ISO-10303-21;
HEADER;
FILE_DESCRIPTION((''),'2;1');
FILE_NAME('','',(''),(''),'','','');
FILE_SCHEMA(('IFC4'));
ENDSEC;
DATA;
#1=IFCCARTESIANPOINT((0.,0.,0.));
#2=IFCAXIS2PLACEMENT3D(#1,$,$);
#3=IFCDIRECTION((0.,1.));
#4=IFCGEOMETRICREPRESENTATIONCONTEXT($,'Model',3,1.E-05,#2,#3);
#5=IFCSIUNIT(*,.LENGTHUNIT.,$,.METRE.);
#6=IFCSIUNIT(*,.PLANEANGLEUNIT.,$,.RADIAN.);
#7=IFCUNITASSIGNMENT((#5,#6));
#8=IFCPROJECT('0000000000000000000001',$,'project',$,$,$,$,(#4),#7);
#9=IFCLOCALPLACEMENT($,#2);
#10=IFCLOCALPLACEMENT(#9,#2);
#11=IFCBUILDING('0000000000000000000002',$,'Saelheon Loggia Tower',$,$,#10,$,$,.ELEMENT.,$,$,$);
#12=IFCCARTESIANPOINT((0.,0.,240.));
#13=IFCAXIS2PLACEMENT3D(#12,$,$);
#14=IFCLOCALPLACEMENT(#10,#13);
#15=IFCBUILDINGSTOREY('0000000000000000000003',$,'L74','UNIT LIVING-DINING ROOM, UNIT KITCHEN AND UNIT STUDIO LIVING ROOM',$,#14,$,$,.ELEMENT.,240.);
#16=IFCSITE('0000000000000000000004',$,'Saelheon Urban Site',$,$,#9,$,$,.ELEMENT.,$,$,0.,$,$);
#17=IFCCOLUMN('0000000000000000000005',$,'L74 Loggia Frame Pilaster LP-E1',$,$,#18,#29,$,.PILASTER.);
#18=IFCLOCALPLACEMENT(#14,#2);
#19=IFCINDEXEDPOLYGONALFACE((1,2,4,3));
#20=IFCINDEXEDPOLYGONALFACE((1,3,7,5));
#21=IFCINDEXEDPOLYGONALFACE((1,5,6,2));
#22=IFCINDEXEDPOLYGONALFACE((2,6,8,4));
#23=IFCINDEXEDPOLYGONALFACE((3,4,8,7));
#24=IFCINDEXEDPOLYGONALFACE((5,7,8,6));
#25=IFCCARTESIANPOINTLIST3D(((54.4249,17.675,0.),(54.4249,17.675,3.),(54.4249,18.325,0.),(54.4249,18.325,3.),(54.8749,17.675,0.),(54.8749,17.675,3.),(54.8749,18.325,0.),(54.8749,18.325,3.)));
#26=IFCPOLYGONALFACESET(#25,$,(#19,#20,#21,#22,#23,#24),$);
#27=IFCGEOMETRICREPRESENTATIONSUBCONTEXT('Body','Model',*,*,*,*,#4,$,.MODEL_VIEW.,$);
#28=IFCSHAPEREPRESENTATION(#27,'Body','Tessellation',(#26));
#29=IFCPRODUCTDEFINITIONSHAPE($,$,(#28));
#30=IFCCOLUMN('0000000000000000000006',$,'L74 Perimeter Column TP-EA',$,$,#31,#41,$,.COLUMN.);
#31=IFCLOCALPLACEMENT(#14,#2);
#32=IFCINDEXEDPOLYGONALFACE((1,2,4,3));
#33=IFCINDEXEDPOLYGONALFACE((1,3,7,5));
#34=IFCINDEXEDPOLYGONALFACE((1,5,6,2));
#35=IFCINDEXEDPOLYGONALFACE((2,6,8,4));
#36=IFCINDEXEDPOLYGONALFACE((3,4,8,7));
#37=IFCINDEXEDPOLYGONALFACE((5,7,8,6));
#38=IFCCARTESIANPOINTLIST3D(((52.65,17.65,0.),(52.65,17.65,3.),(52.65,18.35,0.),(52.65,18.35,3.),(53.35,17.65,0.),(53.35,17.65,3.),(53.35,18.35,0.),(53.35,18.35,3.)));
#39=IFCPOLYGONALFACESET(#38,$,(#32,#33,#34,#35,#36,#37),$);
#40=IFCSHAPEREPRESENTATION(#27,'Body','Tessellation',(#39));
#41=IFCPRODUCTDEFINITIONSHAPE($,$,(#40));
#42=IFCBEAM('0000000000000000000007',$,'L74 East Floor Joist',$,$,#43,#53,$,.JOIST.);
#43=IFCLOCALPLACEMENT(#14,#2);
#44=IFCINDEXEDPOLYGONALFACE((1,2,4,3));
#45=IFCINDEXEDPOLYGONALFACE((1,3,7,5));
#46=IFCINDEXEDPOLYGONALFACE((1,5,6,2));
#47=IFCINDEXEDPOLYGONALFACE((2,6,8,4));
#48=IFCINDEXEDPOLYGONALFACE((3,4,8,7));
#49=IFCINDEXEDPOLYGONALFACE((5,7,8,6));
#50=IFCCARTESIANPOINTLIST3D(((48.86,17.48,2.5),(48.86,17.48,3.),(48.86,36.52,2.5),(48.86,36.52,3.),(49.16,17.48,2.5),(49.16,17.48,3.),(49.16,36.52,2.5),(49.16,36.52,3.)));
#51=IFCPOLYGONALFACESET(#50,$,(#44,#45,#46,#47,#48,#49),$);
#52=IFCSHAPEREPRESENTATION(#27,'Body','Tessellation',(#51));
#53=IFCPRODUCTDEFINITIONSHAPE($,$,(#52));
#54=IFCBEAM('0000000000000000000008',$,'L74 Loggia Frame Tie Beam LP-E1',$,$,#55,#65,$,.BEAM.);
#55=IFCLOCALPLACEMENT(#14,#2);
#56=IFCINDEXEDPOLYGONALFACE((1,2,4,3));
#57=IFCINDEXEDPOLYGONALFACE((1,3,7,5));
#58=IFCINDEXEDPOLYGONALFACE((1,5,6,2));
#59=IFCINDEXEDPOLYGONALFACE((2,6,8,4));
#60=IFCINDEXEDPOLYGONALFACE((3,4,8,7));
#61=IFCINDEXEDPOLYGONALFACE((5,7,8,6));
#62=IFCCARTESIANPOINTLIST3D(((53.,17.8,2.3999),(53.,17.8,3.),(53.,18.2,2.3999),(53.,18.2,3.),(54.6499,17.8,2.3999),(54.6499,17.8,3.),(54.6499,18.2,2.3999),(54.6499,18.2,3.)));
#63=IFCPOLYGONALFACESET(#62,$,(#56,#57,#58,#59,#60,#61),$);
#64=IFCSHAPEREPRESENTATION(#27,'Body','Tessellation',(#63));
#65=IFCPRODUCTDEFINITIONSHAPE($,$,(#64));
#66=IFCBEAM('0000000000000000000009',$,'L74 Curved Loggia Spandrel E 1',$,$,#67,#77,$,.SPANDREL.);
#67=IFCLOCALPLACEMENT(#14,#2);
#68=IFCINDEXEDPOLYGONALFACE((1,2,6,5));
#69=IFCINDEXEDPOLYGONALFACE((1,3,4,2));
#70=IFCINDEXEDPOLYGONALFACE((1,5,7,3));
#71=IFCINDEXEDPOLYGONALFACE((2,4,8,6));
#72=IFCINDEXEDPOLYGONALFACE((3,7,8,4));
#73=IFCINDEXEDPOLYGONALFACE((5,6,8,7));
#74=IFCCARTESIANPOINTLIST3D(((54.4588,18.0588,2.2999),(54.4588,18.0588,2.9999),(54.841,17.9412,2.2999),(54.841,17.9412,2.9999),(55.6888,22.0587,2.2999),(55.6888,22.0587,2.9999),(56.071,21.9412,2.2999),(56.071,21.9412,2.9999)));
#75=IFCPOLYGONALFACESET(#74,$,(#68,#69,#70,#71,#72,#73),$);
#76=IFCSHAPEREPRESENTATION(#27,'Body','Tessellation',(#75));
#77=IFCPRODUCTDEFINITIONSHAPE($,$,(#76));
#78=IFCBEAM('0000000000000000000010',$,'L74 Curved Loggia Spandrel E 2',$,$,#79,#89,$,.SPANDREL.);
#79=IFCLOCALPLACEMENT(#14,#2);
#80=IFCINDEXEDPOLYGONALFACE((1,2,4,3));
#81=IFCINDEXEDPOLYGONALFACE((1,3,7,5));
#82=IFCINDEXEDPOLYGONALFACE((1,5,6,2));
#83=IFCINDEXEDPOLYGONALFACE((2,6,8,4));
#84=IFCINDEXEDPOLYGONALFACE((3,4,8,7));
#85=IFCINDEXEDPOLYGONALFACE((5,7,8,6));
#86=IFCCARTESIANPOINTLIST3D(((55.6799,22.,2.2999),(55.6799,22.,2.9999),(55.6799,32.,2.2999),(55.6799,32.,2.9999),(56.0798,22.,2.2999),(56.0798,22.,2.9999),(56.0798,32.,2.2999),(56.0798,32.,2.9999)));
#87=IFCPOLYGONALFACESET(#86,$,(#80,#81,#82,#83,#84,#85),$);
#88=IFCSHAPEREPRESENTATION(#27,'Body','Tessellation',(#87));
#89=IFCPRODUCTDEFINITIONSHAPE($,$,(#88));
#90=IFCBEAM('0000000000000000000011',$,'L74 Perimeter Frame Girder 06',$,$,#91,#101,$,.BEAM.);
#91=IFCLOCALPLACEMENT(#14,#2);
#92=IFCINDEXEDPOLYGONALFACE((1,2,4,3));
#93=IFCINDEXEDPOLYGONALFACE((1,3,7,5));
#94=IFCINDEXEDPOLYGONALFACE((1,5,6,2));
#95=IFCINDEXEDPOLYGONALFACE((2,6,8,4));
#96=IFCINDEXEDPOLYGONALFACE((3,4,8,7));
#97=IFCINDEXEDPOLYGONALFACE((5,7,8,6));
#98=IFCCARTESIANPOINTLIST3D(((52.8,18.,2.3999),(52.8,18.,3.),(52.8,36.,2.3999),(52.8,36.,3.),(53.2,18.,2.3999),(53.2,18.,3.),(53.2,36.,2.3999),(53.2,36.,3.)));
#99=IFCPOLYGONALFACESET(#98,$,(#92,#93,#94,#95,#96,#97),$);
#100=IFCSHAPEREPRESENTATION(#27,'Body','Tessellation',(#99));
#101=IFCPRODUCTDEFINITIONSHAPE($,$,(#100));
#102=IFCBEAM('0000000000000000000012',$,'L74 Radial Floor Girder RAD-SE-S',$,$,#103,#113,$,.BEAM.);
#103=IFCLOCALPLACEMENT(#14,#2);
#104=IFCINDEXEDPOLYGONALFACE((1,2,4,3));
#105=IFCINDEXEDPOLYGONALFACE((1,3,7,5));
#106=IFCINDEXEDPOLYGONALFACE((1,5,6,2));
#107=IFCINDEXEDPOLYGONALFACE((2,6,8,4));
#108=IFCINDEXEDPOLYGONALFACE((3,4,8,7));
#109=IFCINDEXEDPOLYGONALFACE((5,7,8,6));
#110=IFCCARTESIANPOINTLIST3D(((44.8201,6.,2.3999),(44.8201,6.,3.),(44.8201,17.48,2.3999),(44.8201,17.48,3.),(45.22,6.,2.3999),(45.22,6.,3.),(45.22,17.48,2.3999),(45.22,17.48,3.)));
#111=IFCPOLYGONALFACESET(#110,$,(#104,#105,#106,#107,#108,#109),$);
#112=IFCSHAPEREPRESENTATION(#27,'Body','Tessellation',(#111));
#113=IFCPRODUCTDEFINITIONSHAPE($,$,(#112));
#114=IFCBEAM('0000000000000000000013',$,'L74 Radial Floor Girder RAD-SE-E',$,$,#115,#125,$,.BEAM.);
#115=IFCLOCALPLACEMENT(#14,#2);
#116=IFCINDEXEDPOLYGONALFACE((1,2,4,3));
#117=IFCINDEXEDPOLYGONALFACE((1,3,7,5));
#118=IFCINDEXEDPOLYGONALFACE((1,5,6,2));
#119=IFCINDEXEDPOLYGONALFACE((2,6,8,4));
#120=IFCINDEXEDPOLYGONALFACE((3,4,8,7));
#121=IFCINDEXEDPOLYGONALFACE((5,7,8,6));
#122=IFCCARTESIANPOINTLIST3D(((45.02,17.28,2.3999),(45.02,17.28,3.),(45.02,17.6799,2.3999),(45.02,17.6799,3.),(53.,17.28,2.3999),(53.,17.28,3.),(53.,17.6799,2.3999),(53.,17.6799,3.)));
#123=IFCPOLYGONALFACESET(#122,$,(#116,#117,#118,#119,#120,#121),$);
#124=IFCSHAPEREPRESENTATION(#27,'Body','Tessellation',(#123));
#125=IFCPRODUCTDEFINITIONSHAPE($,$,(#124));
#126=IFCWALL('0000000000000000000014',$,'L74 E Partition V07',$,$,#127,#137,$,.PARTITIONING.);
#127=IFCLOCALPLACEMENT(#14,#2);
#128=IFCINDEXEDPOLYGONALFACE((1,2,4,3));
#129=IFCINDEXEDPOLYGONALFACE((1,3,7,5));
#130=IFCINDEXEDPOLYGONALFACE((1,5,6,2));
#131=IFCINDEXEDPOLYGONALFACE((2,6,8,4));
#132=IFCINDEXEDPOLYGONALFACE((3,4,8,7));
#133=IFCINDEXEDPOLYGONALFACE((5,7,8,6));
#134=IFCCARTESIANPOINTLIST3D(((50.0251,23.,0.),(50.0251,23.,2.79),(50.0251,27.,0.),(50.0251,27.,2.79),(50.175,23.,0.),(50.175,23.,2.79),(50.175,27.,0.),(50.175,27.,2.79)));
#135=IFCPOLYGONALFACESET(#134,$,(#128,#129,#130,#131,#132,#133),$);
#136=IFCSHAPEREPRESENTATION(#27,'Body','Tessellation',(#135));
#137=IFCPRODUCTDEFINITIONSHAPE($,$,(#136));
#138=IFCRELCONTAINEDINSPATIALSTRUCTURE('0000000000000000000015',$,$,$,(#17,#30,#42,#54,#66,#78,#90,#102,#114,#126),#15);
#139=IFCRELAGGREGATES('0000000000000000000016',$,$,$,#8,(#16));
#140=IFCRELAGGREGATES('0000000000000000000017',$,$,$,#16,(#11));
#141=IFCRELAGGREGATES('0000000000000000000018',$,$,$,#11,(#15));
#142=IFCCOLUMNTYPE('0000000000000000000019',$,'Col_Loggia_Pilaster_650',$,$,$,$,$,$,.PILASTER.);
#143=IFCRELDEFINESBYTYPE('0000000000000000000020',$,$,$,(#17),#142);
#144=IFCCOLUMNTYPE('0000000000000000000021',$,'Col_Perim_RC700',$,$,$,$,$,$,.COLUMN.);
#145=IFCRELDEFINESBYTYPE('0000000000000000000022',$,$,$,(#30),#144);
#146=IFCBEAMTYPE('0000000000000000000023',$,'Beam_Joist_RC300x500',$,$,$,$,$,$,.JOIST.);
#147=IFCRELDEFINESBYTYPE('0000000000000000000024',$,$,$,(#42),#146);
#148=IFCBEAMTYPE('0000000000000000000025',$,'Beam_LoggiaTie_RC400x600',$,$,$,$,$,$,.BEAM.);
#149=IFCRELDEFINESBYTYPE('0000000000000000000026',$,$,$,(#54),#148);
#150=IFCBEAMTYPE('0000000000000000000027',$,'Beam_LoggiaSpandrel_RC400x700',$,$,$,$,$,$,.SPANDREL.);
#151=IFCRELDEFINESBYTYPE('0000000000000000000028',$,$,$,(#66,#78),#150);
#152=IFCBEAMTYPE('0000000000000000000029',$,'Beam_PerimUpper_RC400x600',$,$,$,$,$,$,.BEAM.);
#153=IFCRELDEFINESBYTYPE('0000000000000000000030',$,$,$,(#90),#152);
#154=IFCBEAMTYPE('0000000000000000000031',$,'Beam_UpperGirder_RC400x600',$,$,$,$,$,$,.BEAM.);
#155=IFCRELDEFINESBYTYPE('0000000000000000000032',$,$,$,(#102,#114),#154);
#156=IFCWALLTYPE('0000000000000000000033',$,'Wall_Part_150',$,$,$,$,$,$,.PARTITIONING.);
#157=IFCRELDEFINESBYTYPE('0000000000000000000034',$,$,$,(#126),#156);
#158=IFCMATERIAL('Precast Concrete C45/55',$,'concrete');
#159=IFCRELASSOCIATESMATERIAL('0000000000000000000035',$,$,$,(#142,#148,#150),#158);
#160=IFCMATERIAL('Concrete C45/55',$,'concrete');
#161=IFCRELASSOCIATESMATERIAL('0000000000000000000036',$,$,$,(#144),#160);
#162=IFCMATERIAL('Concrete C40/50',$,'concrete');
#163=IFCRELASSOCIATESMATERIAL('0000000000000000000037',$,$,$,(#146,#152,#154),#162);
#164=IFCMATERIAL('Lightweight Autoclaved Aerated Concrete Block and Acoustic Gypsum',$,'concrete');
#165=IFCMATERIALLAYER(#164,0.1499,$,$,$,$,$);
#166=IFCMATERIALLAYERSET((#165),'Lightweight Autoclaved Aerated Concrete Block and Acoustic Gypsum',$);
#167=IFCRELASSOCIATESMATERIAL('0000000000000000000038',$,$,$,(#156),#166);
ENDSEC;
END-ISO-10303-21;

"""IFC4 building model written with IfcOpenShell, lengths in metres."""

from ifc_helpers import new_model, si_unit, direction, frame, frame_2d, origin, origin_2d, place, context, subcontext, project, spatial, rectangle, extrude, source, transform, mapped, material, layer, layer_set, material_profile, profile_set, type_object, element, save


model = new_model("IFC4")

# Units and contexts
model_context = context("Model", 3, precision=1e-05, world=origin(), true_north=direction((0.0, 1.0)))
body_context = subcontext(model_context, "Body", "Model", "MODEL_VIEW")
ifc_project = project(units=[si_unit("LENGTHUNIT", "METRE"), si_unit("PLANEANGLEUNIT", "RADIAN")], contexts=[model_context])

# Site, building, storey
site_placement = place(None, origin())
site = spatial("IfcSite", under=ifc_project, at=site_placement, Name="Saelheon Urban Site", CompositionType="ELEMENT", RefElevation=0.0)
building_placement = place(site_placement, origin())
building = spatial("IfcBuilding", under=site, at=building_placement, Name="Saelheon Loggia Tower", CompositionType="ELEMENT")
storey_placement = place(building_placement, frame((0.0, 0.0, 240.0)))
storey = spatial("IfcBuildingStorey", under=building, at=storey_placement, Name="L74", Description="UNIT LIVING-DINING ROOM, UNIT KITCHEN AND UNIT STUDIO LIVING ROOM", CompositionType="ELEMENT", Elevation=240.0)

# Columns
ifc_material_1 = material(Name="Precast Concrete C45/55", Category="concrete")
ifc_material_profile_1 = material_profile(ifc_material_1, rectangle(XDim=0.45, YDim=0.6499, at=origin_2d()), Name="RC-450x650")
ifc_profile_set_1 = profile_set([ifc_material_profile_1], Name="Precast Concrete C45/55")
column_type_1 = type_object("IfcColumnType", Name="Col_Loggia_Pilaster_650", PredefinedType="PILASTER", material=ifc_profile_set_1)
shared_shape_1 = source(origin(), body_context, "Body", "SweptSolid", [
    extrude(rectangle(XDim=0.45, YDim=0.6499, at=origin_2d()), origin(), (0.0, 0.0, 1.0), 3.0),
])
column_1_placement = place(storey_placement, frame((54.6499, 18.0, 0.0), z_axis=(0.0, 0.0, 1.0), x_axis=(1.0, 0.0, 0.0)))
element("IfcColumn", 1, at=column_1_placement, inside=storey, type_object=column_type_1, Name="L74 Loggia Frame Pilaster LP-E1", PredefinedType="PILASTER", context=body_context, shape_type="MappedRepresentation", body=[
    mapped(shared_shape_1, transform((0.0, 0.0, 0.0), scale=1.0)),
])
ifc_material_2 = material(Name="Concrete C45/55", Category="concrete")
ifc_material_profile_2 = material_profile(ifc_material_2, rectangle(XDim=0.7, YDim=0.7, at=origin_2d()), Name="RC-700x700")
ifc_profile_set_2 = profile_set([ifc_material_profile_2], Name="Concrete C45/55")
column_type_2 = type_object("IfcColumnType", Name="Col_Perim_RC700", PredefinedType="COLUMN", material=ifc_profile_set_2)
shared_shape_2 = source(origin(), body_context, "Body", "SweptSolid", [
    extrude(rectangle(XDim=0.7, YDim=0.7, at=origin_2d()), origin(), (0.0, 0.0, 1.0), 3.0),
])
column_2_placement = place(storey_placement, frame((53.0, 18.0, 0.0), z_axis=(0.0, 0.0, 1.0), x_axis=(1.0, 0.0, 0.0)))
element("IfcColumn", 2, at=column_2_placement, inside=storey, type_object=column_type_2, Name="L74 Perimeter Column TP-EA", PredefinedType="COLUMN", context=body_context, shape_type="MappedRepresentation", body=[
    mapped(shared_shape_2, transform((0.0, 0.0, 0.0), scale=1.0)),
])

# Beams
ifc_material_3 = material(Name="Concrete C40/50", Category="concrete")
ifc_material_profile_3 = material_profile(ifc_material_3, rectangle(XDim=0.3, YDim=0.5, at=origin_2d()), Name="RC-300x500")
ifc_profile_set_3 = profile_set([ifc_material_profile_3], Name="Concrete C40/50")
beam_type_1 = type_object("IfcBeamType", Name="Beam_Joist_RC300x500", PredefinedType="JOIST", material=ifc_profile_set_3)
shared_shape_3 = source(origin(), body_context, "Body", "SweptSolid", [
    extrude(rectangle(XDim=0.3, YDim=0.5, at=origin_2d()), origin(), (0.0, 0.0, 1.0), 19.04),
])
beam_1_placement = place(storey_placement, frame((49.01, 17.48, 2.75), z_axis=(0.0, 1.0, 0.0), x_axis=(-1.0, 0.0, 0.0)))
element("IfcBeam", 3, at=beam_1_placement, inside=storey, type_object=beam_type_1, Name="L74 East Floor Joist", PredefinedType="JOIST", context=body_context, shape_type="MappedRepresentation", body=[
    mapped(shared_shape_3, transform((0.0, 0.0, 0.0), scale=1.0)),
])
ifc_material_profile_4 = material_profile(ifc_material_1, rectangle(XDim=0.3999, YDim=0.6001, at=origin_2d()), Name="RC-400x600")
ifc_profile_set_4 = profile_set([ifc_material_profile_4], Name="Precast Concrete C45/55")
beam_type_2 = type_object("IfcBeamType", Name="Beam_LoggiaTie_RC400x600", PredefinedType="BEAM", material=ifc_profile_set_4)
shared_shape_4 = source(origin(), body_context, "Body", "SweptSolid", [
    extrude(rectangle(XDim=0.3999, YDim=0.6001, at=origin_2d()), origin(), (0.0, 0.0, 1.0), 1.6499),
])
beam_2_placement = place(storey_placement, frame((53.0, 18.0, 2.7), z_axis=(1.0, 0.0, 0.0), x_axis=(0.0, 1.0, 0.0)))
element("IfcBeam", 4, at=beam_2_placement, inside=storey, type_object=beam_type_2, Name="L74 Loggia Frame Tie Beam LP-E1", PredefinedType="BEAM", context=body_context, shape_type="MappedRepresentation", body=[
    mapped(shared_shape_4, transform((0.0, 0.0, 0.0), scale=1.0)),
])
ifc_material_profile_5 = material_profile(ifc_material_1, rectangle(XDim=0.3999, YDim=0.7, at=origin_2d()), Name="RC-400x700")
ifc_profile_set_5 = profile_set([ifc_material_profile_5], Name="Precast Concrete C45/55")
beam_type_3 = type_object("IfcBeamType", Name="Beam_LoggiaSpandrel_RC400x700", PredefinedType="SPANDREL", material=ifc_profile_set_5)
shared_shape_5 = source(origin(), body_context, "Body", "SweptSolid", [
    extrude(rectangle(XDim=0.3999, YDim=0.7, at=origin_2d()), origin(), (0.0, 0.0, 1.0), 4.1848),
])
beam_3_placement = place(storey_placement, frame((54.6499, 18.0, 2.6499), z_axis=(0.293914, 0.955832, 0.0), x_axis=(-0.955832, 0.293914, 0.0)))
element("IfcBeam", 5, at=beam_3_placement, inside=storey, type_object=beam_type_3, Name="L74 Curved Loggia Spandrel E 1", PredefinedType="SPANDREL", context=body_context, shape_type="MappedRepresentation", body=[
    mapped(shared_shape_5, transform((0.0, 0.0, 0.0), scale=1.0)),
])
shared_shape_6 = source(origin(), body_context, "Body", "SweptSolid", [
    extrude(rectangle(XDim=0.3999, YDim=0.7, at=origin_2d()), origin(), (0.0, 0.0, 1.0), 10.0),
])
beam_4_placement = place(storey_placement, frame((55.8799, 22.0, 2.6499), z_axis=(0.0, 1.0, 0.0), x_axis=(-1.0, 0.0, 0.0)))
element("IfcBeam", 6, at=beam_4_placement, inside=storey, type_object=beam_type_3, Name="L74 Curved Loggia Spandrel E 2", PredefinedType="SPANDREL", context=body_context, shape_type="MappedRepresentation", body=[
    mapped(shared_shape_6, transform((0.0, 0.0, 0.0), scale=1.0)),
])
ifc_material_profile_6 = material_profile(ifc_material_3, rectangle(XDim=0.3999, YDim=0.6001, at=origin_2d()), Name="RC-400x600")
ifc_profile_set_6 = profile_set([ifc_material_profile_6], Name="Concrete C40/50")
beam_type_4 = type_object("IfcBeamType", Name="Beam_PerimUpper_RC400x600", PredefinedType="BEAM", material=ifc_profile_set_6)
shared_shape_7 = source(origin(), body_context, "Body", "SweptSolid", [
    extrude(rectangle(XDim=0.3999, YDim=0.6001, at=origin_2d()), origin(), (0.0, 0.0, 1.0), 18.0),
])
beam_5_placement = place(storey_placement, frame((53.0, 18.0, 2.7), z_axis=(0.0, 1.0, 0.0), x_axis=(-1.0, 0.0, 0.0)))
element("IfcBeam", 7, at=beam_5_placement, inside=storey, type_object=beam_type_4, Name="L74 Perimeter Frame Girder 06", PredefinedType="BEAM", context=body_context, shape_type="MappedRepresentation", body=[
    mapped(shared_shape_7, transform((0.0, 0.0, 0.0), scale=1.0)),
])
ifc_material_profile_7 = material_profile(ifc_material_3, rectangle(XDim=0.3999, YDim=0.6001, at=origin_2d()), Name="RC-400x600")
ifc_profile_set_7 = profile_set([ifc_material_profile_7], Name="Concrete C40/50")
beam_type_5 = type_object("IfcBeamType", Name="Beam_UpperGirder_RC400x600", PredefinedType="BEAM", material=ifc_profile_set_7)
shared_shape_8 = source(origin(), body_context, "Body", "SweptSolid", [
    extrude(rectangle(XDim=0.3999, YDim=0.6001, at=origin_2d()), origin(), (0.0, 0.0, 1.0), 11.48),
])
beam_6_placement = place(storey_placement, frame((45.02, 17.48, 2.7), z_axis=(0.0, -1.0, 0.0), x_axis=(1.0, 0.0, 0.0)))
element("IfcBeam", 8, at=beam_6_placement, inside=storey, type_object=beam_type_5, Name="L74 Radial Floor Girder RAD-SE-S", PredefinedType="BEAM", context=body_context, shape_type="MappedRepresentation", body=[
    mapped(shared_shape_8, transform((0.0, 0.0, 0.0), scale=1.0)),
])
shared_shape_9 = source(origin(), body_context, "Body", "SweptSolid", [
    extrude(rectangle(XDim=0.3999, YDim=0.6001, at=origin_2d()), origin(), (0.0, 0.0, 1.0), 7.98),
])
beam_7_placement = place(storey_placement, frame((45.02, 17.48, 2.7), z_axis=(1.0, 0.0, 0.0), x_axis=(0.0, 1.0, 0.0)))
element("IfcBeam", 9, at=beam_7_placement, inside=storey, type_object=beam_type_5, Name="L74 Radial Floor Girder RAD-SE-E", PredefinedType="BEAM", context=body_context, shape_type="MappedRepresentation", body=[
    mapped(shared_shape_9, transform((0.0, 0.0, 0.0), scale=1.0)),
])

# Wall
ifc_material_4 = material(Name="Lightweight Autoclaved Aerated Concrete Block and Acoustic Gypsum", Category="concrete")
ifc_layer_1 = layer(ifc_material_4, 0.1499)
ifc_layer_set_1 = layer_set([ifc_layer_1], Name="Lightweight Autoclaved Aerated Concrete Block and Acoustic Gypsum")
wall_type_1 = type_object("IfcWallType", Name="Wall_Part_150", PredefinedType="PARTITIONING", material=ifc_layer_set_1)
wall_1_placement = place(storey_placement, frame((50.1001, 23.0, 0.0), z_axis=(0.0, 0.0, 1.0), x_axis=(0.0, 1.0, 0.0)))
element("IfcWall", 10, at=wall_1_placement, inside=storey, type_object=wall_type_1, Name="L74 E Partition V07", PredefinedType="PARTITIONING", context=body_context, shape_type="SweptSolid", body=[
    extrude(rectangle(XDim=4.0, YDim=0.1499, at=frame_2d((2.0, 0.0))), origin(), (0.0, 0.0, 1.0), 2.79),
])

save(model, "model.ifc")
